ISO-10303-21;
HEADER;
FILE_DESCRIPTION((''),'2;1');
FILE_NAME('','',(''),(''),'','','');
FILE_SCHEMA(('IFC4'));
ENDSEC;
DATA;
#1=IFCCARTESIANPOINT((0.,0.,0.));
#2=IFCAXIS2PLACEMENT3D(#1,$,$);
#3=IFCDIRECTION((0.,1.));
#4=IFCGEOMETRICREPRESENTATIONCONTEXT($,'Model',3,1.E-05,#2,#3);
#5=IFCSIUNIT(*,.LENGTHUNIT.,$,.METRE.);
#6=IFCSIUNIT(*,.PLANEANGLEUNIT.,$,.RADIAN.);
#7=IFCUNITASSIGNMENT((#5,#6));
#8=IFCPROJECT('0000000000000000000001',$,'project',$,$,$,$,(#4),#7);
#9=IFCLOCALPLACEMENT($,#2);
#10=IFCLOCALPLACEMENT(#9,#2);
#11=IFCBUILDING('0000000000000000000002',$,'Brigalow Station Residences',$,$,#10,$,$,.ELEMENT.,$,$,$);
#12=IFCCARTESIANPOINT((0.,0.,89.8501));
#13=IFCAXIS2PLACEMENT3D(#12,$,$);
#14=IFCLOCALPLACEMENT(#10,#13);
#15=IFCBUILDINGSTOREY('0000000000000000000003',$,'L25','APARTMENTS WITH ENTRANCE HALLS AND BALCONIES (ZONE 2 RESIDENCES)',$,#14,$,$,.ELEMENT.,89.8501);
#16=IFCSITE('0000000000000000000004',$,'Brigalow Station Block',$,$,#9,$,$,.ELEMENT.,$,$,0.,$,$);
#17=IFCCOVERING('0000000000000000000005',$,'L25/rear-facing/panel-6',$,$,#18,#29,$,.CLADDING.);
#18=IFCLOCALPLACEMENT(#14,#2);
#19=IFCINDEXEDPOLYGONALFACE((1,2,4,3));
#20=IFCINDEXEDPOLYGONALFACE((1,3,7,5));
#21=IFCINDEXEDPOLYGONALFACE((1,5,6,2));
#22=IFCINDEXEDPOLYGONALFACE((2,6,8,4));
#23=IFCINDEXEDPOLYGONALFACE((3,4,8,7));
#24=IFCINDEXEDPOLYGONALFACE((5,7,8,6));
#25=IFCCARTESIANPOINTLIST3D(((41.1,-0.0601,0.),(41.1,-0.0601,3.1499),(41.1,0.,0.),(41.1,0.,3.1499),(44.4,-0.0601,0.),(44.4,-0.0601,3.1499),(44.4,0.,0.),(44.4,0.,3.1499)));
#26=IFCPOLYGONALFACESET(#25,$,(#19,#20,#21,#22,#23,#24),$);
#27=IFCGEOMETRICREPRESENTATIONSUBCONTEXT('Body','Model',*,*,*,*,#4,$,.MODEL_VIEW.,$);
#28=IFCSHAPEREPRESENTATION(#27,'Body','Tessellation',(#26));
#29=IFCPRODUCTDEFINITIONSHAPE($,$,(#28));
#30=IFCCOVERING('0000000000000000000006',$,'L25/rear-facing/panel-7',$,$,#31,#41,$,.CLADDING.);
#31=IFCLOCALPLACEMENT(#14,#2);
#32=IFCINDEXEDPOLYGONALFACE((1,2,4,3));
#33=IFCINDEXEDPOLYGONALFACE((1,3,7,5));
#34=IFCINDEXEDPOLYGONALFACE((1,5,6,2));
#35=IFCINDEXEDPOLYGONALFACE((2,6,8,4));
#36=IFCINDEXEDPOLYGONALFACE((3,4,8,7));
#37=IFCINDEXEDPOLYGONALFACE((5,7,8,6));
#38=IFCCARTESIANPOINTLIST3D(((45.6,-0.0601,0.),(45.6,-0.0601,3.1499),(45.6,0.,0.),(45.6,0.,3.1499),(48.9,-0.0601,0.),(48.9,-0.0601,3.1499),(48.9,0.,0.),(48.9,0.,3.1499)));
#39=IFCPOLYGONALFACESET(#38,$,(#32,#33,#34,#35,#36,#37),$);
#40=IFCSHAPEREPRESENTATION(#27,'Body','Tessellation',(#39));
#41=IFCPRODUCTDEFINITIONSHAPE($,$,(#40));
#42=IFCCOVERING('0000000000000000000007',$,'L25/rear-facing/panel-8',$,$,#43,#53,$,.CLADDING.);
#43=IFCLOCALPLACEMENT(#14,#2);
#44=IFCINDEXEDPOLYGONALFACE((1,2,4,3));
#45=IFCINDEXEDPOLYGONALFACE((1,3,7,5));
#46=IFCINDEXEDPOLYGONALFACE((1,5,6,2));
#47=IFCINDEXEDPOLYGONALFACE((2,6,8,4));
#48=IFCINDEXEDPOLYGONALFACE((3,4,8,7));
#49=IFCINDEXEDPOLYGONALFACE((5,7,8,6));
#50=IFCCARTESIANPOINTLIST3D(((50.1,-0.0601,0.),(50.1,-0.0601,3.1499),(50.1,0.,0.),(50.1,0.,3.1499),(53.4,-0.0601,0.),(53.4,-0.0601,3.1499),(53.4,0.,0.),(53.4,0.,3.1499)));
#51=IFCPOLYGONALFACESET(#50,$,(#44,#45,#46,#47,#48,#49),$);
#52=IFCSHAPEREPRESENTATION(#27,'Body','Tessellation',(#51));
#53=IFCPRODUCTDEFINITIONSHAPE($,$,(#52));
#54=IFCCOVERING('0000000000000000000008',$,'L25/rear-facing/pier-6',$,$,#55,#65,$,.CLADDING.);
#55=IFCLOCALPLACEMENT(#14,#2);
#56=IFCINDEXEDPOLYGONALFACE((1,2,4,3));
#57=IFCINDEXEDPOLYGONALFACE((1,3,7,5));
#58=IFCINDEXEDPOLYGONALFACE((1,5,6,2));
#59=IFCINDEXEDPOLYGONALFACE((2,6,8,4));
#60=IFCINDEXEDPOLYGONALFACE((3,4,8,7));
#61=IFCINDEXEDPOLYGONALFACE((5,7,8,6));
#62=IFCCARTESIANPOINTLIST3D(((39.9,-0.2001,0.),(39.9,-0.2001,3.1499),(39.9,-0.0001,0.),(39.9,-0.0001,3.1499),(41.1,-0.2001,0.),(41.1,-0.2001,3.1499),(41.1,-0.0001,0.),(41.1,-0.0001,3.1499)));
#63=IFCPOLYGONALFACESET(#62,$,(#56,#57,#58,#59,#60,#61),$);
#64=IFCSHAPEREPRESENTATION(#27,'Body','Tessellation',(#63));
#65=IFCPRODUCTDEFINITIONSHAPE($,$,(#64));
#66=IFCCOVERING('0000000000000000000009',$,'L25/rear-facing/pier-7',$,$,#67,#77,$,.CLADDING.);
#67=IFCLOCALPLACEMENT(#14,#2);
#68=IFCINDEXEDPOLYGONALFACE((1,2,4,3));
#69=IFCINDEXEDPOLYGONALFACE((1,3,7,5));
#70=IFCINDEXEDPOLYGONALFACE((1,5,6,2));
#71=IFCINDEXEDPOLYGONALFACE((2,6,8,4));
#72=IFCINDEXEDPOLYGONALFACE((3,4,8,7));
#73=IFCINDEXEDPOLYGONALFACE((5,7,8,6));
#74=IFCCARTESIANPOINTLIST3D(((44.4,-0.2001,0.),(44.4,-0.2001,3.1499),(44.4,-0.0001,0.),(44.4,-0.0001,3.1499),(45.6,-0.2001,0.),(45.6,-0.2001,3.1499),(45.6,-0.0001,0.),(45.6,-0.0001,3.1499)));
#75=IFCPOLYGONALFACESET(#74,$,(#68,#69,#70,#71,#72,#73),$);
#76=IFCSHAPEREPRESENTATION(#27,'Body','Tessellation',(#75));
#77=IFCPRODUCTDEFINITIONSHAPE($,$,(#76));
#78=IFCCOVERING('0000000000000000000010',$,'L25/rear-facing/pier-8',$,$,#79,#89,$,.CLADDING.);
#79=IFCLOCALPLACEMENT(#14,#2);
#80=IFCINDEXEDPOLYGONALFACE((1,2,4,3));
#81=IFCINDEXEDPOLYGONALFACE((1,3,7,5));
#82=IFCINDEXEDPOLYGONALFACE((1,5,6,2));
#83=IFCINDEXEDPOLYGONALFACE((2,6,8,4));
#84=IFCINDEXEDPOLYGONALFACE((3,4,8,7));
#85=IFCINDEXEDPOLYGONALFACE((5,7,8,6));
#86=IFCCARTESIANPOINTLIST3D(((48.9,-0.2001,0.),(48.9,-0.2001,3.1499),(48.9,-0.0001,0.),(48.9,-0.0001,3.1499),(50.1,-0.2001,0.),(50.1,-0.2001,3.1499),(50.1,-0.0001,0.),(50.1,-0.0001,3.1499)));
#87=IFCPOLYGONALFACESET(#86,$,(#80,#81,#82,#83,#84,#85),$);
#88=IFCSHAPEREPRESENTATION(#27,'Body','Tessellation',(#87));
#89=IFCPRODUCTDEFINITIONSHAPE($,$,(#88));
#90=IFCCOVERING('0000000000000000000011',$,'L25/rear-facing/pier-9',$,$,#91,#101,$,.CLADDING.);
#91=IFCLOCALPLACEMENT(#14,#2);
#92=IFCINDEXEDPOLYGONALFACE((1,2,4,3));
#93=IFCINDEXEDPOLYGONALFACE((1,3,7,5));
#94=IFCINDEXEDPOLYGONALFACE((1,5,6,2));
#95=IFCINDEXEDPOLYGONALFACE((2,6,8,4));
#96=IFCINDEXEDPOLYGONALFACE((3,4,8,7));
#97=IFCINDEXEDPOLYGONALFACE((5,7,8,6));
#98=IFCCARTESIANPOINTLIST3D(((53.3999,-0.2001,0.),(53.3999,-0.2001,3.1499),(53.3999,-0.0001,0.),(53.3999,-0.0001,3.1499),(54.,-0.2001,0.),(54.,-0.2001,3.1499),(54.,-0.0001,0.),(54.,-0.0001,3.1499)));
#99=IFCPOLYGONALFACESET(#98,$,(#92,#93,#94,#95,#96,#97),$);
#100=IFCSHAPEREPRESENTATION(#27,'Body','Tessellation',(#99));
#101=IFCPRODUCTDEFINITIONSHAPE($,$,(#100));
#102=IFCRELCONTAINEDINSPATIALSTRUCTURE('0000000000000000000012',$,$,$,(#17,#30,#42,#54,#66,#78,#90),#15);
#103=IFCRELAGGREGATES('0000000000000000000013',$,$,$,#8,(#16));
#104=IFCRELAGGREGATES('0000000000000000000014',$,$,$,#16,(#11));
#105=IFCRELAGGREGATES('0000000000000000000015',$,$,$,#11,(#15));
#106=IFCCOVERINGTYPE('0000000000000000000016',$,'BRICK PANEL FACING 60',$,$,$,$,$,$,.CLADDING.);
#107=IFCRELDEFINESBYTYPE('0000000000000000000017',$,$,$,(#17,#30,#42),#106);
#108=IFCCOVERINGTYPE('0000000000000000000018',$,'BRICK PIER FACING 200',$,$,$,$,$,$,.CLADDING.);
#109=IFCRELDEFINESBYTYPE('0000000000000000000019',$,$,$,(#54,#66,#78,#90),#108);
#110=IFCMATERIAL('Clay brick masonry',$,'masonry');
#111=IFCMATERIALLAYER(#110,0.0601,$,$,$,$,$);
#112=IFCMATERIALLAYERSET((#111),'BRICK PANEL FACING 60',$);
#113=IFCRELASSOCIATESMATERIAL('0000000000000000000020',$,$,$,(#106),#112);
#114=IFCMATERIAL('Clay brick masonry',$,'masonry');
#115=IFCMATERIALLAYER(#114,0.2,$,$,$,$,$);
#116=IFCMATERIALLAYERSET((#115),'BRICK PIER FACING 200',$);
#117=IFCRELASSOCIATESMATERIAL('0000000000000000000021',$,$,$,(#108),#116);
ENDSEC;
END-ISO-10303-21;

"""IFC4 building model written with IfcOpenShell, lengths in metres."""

from ifc_helpers import new_model, si_unit, direction, frame, origin, origin_2d, place, context, subcontext, project, spatial, rectangle, extrude, material, layer, layer_set, type_object, element, save


model = new_model("IFC4")

# Units and contexts
model_context = context("Model", 3, precision=1e-05, world=origin(), true_north=direction((0.0, 1.0)))
body_context = subcontext(model_context, "Body", "Model", "MODEL_VIEW")
ifc_project = project(units=[si_unit("LENGTHUNIT", "METRE"), si_unit("PLANEANGLEUNIT", "RADIAN")], contexts=[model_context])

# Site, building, storey
site_placement = place(None, origin())
site = spatial("IfcSite", under=ifc_project, at=site_placement, Name="Brigalow Station Block", CompositionType="ELEMENT", RefElevation=0.0)
building_placement = place(site_placement, origin())
building = spatial("IfcBuilding", under=site, at=building_placement, Name="Brigalow Station Residences", CompositionType="ELEMENT")
storey_placement = place(building_placement, frame((0.0, 0.0, 89.8501)))
storey = spatial("IfcBuildingStorey", under=building, at=storey_placement, Name="L25", Description="APARTMENTS WITH ENTRANCE HALLS AND BALCONIES (ZONE 2 RESIDENCES)", CompositionType="ELEMENT", Elevation=89.8501)

# Coverings
ifc_material_1 = material(Name="Clay brick masonry", Category="masonry")
ifc_layer_1 = layer(ifc_material_1, 0.0601)
ifc_layer_set_1 = layer_set([ifc_layer_1], Name="BRICK PANEL FACING 60")
covering_type_1 = type_object("IfcCoveringType", Name="BRICK PANEL FACING 60", PredefinedType="CLADDING", material=ifc_layer_set_1)
for number, where, z_axis, x_axis, name in (
    (1, (42.75, -0.03, 0.0), (0.0, 0.0, 1.0), (1.0, 0.0, 0.0), "L25/rear-facing/panel-6"),
    (2, (47.25, -0.03, 0.0), (0.0, 0.0, 1.0), (1.0, 0.0, 0.0), "L25/rear-facing/panel-7"),
    (3, (51.75, -0.03, 0.0), (0.0, 0.0, 1.0), (1.0, 0.0, 0.0), "L25/rear-facing/panel-8"),
):
    element("IfcCovering", number, at=place(storey_placement, frame(where, z_axis=z_axis, x_axis=x_axis)), inside=storey, type_object=covering_type_1, Name=name, PredefinedType="CLADDING", context=body_context, shape_type="SweptSolid", body=[
        extrude(rectangle(XDim=3.3, YDim=0.0601, at=origin_2d()), origin(), (0.0, 0.0, 1.0), 3.1499),
    ])
ifc_material_2 = material(Name="Clay brick masonry", Category="masonry")
ifc_layer_2 = layer(ifc_material_2, 0.2)
ifc_layer_set_2 = layer_set([ifc_layer_2], Name="BRICK PIER FACING 200")
covering_type_2 = type_object("IfcCoveringType", Name="BRICK PIER FACING 200", PredefinedType="CLADDING", material=ifc_layer_set_2)
for number, where, z_axis, x_axis, name in (
    (4, (40.5, -0.1001, 0.0), (0.0, 0.0, 1.0), (1.0, 0.0, 0.0), "L25/rear-facing/pier-6"),
    (5, (45.0, -0.1001, 0.0), (0.0, 0.0, 1.0), (1.0, 0.0, 0.0), "L25/rear-facing/pier-7"),
    (6, (49.5, -0.1001, 0.0), (0.0, 0.0, 1.0), (1.0, 0.0, 0.0), "L25/rear-facing/pier-8"),
):
    element("IfcCovering", number, at=place(storey_placement, frame(where, z_axis=z_axis, x_axis=x_axis)), inside=storey, type_object=covering_type_2, Name=name, PredefinedType="CLADDING", context=body_context, shape_type="SweptSolid", body=[
        extrude(rectangle(XDim=1.2, YDim=0.2, at=origin_2d()), origin(), (0.0, 0.0, 1.0), 3.1499),
    ])
covering_placement = place(storey_placement, frame((53.7, -0.1001, 0.0), z_axis=(0.0, 0.0, 1.0), x_axis=(1.0, 0.0, 0.0)))
element("IfcCovering", 7, at=covering_placement, inside=storey, type_object=covering_type_2, Name="L25/rear-facing/pier-9", PredefinedType="CLADDING", context=body_context, shape_type="SweptSolid", body=[
    extrude(rectangle(XDim=0.6001, YDim=0.2, at=origin_2d()), origin(), (0.0, 0.0, 1.0), 3.1499),
])

save(model, "model.ifc")
